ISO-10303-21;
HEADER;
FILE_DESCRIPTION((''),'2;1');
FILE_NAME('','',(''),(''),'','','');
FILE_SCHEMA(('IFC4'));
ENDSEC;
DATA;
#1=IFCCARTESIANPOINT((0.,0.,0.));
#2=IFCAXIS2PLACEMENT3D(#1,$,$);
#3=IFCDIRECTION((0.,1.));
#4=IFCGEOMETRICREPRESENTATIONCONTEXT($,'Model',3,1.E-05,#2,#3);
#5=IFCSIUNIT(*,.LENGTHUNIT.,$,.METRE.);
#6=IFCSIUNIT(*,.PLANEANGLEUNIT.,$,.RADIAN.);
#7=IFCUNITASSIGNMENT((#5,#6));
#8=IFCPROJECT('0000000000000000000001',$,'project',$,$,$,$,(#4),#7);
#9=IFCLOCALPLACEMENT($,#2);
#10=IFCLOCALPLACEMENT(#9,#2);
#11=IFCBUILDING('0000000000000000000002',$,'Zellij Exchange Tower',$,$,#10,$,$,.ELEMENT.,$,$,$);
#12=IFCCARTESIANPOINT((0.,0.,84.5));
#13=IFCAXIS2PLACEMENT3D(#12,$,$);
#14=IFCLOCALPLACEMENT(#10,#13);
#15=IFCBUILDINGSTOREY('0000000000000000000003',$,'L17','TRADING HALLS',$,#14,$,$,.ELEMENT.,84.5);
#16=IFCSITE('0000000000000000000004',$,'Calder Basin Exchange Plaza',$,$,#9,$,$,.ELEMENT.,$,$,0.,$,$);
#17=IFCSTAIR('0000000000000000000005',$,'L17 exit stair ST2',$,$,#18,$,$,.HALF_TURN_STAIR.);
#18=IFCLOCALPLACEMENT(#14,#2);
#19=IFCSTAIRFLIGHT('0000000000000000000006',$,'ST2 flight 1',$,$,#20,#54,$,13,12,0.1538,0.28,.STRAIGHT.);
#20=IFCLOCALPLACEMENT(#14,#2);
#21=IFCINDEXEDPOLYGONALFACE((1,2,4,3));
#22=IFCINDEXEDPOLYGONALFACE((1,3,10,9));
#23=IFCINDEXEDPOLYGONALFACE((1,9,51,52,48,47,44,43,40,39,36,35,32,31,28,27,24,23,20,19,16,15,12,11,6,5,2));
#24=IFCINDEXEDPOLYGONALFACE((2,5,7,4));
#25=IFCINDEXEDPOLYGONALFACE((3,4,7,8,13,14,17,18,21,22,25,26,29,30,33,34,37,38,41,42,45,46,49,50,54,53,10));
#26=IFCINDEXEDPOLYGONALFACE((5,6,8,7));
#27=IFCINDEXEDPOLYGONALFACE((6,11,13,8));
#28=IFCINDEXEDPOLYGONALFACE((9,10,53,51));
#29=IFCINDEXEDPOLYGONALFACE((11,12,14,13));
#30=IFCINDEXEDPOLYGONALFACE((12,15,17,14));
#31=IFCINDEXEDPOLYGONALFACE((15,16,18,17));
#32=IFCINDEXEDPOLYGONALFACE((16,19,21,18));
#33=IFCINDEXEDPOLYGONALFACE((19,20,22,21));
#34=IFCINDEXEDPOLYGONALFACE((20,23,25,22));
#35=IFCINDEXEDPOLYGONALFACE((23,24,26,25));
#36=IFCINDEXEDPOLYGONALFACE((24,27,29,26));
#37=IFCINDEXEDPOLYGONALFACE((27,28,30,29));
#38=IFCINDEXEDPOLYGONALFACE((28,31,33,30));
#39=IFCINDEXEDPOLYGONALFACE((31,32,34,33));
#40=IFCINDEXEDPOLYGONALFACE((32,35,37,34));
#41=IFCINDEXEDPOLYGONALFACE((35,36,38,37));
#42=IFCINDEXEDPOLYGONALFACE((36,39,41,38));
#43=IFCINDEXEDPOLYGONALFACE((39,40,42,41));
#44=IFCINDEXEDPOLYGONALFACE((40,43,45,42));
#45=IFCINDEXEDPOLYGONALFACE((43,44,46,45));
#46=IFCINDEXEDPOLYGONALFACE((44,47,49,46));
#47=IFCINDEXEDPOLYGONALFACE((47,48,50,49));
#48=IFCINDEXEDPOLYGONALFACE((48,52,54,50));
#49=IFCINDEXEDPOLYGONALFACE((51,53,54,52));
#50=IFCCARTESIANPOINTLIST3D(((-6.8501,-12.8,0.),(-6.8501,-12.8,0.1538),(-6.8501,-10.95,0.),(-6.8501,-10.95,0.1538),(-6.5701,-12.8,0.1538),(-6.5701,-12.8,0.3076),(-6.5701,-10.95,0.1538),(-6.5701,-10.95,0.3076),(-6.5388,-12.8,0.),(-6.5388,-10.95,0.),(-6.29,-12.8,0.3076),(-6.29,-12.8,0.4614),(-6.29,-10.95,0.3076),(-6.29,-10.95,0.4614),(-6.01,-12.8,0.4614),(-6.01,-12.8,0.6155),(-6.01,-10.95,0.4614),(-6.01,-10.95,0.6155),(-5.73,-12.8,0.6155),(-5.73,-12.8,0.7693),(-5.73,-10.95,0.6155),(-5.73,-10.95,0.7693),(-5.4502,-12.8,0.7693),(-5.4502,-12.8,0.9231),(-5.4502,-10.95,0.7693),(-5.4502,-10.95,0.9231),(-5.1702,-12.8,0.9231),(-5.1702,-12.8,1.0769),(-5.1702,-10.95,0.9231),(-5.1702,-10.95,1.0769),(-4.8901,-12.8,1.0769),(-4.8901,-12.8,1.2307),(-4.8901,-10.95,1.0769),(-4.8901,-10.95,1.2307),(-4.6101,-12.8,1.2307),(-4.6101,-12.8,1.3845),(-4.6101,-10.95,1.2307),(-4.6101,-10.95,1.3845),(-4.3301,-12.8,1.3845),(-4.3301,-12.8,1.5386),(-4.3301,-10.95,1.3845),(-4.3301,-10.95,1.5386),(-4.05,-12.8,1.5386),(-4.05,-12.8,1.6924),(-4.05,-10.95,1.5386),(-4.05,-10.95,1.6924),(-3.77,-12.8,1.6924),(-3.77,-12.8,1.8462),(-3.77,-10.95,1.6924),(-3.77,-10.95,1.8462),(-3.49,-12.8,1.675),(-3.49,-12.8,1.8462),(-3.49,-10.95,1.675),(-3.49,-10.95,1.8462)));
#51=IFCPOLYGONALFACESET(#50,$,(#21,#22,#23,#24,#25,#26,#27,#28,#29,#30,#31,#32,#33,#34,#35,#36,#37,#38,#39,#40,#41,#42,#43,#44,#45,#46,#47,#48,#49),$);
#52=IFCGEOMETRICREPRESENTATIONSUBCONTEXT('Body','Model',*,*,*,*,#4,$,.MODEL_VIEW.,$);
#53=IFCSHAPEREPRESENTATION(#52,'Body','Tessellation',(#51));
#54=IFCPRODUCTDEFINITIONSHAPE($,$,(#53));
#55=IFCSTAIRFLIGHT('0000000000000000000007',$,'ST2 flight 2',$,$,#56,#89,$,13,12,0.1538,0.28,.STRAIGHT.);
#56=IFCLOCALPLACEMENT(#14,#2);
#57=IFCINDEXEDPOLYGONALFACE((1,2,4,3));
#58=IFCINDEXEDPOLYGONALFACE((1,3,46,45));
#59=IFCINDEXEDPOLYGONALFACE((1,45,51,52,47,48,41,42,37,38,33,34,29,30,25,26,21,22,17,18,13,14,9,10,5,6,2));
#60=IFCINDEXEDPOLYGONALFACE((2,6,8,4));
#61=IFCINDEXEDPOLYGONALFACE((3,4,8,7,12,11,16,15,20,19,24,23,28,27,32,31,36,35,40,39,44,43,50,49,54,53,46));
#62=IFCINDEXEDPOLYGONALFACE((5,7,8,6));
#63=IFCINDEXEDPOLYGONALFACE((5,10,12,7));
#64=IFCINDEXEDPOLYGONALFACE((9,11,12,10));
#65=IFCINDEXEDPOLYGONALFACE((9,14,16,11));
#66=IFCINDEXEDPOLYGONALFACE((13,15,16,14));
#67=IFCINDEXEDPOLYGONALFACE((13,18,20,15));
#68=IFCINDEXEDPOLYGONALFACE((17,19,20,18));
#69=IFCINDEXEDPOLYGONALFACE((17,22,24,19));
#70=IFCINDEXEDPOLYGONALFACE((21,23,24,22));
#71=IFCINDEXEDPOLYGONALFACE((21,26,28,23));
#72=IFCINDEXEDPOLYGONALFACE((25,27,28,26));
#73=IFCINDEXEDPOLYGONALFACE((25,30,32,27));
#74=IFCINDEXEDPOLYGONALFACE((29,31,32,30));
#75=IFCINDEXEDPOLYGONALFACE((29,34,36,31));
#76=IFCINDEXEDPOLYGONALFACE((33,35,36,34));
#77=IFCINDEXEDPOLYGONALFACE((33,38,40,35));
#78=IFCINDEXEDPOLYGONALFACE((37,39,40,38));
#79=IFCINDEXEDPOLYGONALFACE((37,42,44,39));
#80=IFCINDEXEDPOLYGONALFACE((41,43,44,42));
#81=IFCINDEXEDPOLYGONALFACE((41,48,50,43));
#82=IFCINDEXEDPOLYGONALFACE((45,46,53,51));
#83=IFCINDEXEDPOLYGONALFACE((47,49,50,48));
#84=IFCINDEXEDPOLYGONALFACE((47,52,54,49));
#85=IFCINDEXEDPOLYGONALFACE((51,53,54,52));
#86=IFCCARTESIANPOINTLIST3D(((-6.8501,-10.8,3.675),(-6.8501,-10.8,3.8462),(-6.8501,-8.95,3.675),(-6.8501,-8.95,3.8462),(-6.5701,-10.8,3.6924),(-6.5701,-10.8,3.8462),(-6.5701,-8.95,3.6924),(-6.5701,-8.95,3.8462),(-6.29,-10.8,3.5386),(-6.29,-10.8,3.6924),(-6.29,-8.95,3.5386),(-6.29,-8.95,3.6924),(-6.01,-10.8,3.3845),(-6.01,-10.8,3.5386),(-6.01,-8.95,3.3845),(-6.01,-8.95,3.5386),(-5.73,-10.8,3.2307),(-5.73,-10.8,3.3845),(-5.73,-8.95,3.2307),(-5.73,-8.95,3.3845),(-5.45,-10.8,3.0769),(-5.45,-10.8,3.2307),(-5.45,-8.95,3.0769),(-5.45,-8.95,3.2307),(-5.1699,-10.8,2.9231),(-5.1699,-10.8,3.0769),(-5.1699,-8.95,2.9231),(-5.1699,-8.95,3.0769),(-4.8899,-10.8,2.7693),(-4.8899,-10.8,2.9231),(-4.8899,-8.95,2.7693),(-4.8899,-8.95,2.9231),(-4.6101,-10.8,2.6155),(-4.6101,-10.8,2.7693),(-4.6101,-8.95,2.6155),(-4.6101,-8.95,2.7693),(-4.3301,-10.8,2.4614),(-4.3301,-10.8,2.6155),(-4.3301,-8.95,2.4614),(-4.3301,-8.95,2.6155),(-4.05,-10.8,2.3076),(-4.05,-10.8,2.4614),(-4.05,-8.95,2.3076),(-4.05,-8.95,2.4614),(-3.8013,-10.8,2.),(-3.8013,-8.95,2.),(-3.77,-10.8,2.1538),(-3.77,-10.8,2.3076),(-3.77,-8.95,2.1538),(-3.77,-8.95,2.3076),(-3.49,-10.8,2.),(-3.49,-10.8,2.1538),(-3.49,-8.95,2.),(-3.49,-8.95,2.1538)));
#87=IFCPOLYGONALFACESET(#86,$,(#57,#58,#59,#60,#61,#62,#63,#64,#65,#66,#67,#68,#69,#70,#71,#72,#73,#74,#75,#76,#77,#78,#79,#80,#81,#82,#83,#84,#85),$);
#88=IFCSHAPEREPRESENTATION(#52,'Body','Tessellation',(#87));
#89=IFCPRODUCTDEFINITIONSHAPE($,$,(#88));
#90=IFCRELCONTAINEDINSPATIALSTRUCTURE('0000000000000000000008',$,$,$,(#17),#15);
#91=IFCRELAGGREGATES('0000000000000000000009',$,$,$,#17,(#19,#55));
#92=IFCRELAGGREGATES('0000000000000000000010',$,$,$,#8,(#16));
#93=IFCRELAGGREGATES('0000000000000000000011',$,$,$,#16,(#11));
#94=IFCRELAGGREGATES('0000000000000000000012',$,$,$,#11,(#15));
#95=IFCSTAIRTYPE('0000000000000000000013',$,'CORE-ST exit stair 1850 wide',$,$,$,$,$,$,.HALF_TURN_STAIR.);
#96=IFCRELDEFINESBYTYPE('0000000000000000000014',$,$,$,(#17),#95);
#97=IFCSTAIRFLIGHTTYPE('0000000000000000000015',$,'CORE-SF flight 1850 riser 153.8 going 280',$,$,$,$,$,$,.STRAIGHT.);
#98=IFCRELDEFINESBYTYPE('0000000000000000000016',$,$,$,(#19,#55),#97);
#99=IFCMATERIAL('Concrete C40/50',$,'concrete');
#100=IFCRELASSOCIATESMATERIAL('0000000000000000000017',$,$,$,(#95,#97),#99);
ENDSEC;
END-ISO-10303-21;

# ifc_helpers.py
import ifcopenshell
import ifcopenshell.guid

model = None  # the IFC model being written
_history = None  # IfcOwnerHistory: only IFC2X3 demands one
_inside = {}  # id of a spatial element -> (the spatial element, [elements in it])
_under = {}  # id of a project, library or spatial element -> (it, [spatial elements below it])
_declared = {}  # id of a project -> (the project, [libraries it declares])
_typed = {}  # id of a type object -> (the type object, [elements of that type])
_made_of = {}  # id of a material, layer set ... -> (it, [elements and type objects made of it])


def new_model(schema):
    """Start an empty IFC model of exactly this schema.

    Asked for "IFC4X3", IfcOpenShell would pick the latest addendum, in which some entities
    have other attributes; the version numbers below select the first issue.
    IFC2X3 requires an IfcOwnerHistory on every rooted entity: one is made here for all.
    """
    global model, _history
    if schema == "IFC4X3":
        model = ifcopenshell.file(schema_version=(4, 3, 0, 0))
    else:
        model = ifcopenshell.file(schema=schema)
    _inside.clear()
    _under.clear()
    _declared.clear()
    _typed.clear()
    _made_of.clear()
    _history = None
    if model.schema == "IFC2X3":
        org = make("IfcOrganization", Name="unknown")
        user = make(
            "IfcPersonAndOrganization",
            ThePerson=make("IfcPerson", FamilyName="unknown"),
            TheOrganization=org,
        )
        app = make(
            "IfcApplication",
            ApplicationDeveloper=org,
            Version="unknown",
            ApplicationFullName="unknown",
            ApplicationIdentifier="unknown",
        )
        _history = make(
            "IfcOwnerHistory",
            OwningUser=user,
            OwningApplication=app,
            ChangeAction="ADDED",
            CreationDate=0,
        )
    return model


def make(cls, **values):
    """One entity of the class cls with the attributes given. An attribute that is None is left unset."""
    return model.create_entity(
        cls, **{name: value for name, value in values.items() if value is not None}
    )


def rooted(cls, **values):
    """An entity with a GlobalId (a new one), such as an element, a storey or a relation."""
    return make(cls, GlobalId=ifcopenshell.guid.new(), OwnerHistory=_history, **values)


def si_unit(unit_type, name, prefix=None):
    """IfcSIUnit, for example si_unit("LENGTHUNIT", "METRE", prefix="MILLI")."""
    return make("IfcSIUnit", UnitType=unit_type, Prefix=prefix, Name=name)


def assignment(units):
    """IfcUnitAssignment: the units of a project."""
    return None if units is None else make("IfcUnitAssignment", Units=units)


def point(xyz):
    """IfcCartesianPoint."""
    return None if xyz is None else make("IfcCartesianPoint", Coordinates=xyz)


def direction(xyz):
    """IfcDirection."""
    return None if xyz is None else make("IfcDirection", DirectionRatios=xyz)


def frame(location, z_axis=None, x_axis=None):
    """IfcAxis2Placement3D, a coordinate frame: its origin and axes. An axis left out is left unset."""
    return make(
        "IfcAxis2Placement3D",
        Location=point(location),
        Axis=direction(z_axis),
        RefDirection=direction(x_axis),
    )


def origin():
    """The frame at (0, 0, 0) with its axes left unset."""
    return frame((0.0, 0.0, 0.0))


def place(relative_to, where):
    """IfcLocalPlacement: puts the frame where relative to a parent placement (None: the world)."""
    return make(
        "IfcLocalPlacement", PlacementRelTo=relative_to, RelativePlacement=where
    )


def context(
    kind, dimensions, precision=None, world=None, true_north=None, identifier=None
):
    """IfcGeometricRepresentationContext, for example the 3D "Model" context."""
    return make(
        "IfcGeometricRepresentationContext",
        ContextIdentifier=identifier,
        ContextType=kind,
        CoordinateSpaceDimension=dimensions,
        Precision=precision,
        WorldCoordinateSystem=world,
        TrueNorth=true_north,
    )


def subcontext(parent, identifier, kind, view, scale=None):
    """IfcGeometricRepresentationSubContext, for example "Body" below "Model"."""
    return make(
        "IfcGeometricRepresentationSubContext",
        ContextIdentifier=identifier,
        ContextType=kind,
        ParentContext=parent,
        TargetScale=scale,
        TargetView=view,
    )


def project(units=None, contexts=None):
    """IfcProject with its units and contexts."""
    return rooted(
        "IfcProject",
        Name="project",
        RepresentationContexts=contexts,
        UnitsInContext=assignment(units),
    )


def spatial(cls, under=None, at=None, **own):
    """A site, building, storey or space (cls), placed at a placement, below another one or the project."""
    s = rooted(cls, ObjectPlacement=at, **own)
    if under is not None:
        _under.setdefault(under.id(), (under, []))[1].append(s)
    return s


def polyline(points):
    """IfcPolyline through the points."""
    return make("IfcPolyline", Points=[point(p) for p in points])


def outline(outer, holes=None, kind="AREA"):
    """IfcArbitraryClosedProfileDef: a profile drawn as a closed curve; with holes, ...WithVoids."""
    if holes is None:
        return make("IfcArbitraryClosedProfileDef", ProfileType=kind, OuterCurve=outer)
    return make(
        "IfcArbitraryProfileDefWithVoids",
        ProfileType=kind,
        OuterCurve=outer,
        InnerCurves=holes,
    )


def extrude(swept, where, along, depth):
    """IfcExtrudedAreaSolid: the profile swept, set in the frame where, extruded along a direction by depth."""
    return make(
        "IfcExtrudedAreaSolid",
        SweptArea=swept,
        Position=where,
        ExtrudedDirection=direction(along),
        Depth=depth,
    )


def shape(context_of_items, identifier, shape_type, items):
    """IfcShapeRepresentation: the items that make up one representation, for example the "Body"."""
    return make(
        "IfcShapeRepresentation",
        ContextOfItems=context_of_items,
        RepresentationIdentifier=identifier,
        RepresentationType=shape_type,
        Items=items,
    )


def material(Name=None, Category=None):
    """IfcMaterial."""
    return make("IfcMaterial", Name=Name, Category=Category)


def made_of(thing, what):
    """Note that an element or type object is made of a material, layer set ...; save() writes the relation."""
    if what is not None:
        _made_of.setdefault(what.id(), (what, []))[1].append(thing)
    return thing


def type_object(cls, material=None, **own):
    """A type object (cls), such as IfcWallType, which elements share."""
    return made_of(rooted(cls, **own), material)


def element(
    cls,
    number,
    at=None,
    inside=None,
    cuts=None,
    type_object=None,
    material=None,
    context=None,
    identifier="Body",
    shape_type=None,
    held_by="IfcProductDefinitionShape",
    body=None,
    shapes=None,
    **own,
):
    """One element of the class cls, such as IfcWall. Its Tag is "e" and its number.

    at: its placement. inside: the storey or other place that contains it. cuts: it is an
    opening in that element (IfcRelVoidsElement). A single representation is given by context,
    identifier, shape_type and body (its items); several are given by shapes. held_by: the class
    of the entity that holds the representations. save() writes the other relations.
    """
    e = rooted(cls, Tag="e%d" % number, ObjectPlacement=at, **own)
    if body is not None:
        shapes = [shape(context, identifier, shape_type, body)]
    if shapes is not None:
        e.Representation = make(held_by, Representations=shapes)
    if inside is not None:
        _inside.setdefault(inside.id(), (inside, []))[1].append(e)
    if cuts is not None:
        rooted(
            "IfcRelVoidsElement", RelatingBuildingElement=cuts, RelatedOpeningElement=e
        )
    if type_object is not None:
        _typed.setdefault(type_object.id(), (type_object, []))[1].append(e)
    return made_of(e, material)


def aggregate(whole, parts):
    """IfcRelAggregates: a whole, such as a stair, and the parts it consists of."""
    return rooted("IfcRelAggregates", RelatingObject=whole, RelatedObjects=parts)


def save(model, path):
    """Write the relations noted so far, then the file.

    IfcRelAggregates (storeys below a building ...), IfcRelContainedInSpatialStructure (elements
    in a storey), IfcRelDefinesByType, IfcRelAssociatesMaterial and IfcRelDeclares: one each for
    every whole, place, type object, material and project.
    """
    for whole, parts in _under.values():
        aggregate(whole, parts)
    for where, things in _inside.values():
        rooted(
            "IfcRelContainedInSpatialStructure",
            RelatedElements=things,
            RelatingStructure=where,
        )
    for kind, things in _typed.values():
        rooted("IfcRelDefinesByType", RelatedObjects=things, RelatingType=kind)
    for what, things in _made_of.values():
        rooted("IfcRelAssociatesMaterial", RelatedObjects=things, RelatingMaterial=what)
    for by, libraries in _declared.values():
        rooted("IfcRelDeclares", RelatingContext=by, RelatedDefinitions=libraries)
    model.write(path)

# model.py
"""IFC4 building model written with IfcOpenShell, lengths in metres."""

from ifc_helpers import new_model, si_unit, direction, frame, origin, place, context, subcontext, project, spatial, polyline, outline, extrude, material, type_object, element, aggregate, save


model = new_model("IFC4")

# Units and contexts
model_context = context("Model", 3, precision=1e-05, world=origin(), true_north=direction((0.0, 1.0)))
body_context = subcontext(model_context, "Body", "Model", "MODEL_VIEW")
ifc_project = project(units=[si_unit("LENGTHUNIT", "METRE"), si_unit("PLANEANGLEUNIT", "RADIAN")], contexts=[model_context])

# Site, building, storey
site_placement = place(None, origin())
site = spatial("IfcSite", under=ifc_project, at=site_placement, Name="Calder Basin Exchange Plaza", CompositionType="ELEMENT", RefElevation=0.0)
building_placement = place(site_placement, origin())
building = spatial("IfcBuilding", under=site, at=building_placement, Name="Zellij Exchange Tower", CompositionType="ELEMENT")
storey_placement = place(building_placement, frame((0.0, 0.0, 84.5)))
storey = spatial("IfcBuildingStorey", under=building, at=storey_placement, Name="L17", Description="TRADING HALLS", CompositionType="ELEMENT", Elevation=84.5)

# Stair, stair flights
ifc_material_1 = material(Name="Concrete C40/50", Category="concrete")
stair_type = type_object("IfcStairType", Name="CORE-ST exit stair 1850 wide", PredefinedType="HALF_TURN_STAIR", material=ifc_material_1)
stair_placement = place(storey_placement, origin())
stair = element("IfcStair", 1, at=stair_placement, inside=storey, type_object=stair_type, Name="L17 exit stair ST2", PredefinedType="HALF_TURN_STAIR")
stair_flight_type = type_object("IfcStairFlightType", Name="CORE-SF flight 1850 riser 153.8 going 280", PredefinedType="STRAIGHT", material=ifc_material_1)
stair_flight_1_placement = place(storey_placement, frame((-6.8501, -11.875, 0.0), z_axis=(0.0, 0.0, 1.0), x_axis=(1.0, 0.0, 0.0)))
stair_flight_1 = element("IfcStairFlight", 2, at=stair_flight_1_placement, type_object=stair_flight_type, Name="ST2 flight 1", NumberOfRisers=13, NumberOfTreads=12, PredefinedType="STRAIGHT", RiserHeight=0.1538, TreadLength=0.28, context=body_context, shape_type="SweptSolid", body=[
    extrude(outline(polyline([(0.0, 0.0), (0.0, 0.1538), (0.28, 0.1538), (0.28, 0.3076), (0.5601, 0.3076), (0.5601, 0.4614), (0.8401, 0.4614), (0.8401, 0.6155), (1.1201, 0.6155), (1.1201, 0.7693), (1.3999, 0.7693), (1.3999, 0.9231), (1.6799, 0.9231), (1.6799, 1.0769), (1.96, 1.0769), (1.96, 1.2307), (2.24, 1.2307), (2.24, 1.3845), (2.52, 1.3845), (2.52, 1.5386), (2.8, 1.5386), (2.8, 1.6924), (3.0801, 1.6924), (3.0801, 1.8462), (3.3601, 1.8462), (3.3601, 2.0), (3.3601, 1.675), (0.3113, 0.0), (0.0, 0.0)])), frame((0.0, 0.925, 0.0), z_axis=(0.0, -1.0, 0.0), x_axis=(1.0, 0.0, 0.0)), (0.0, 0.0, 1.0), 1.8501),
])
stair_flight_2_placement = place(storey_placement, frame((-3.49, -9.875, 2.0), z_axis=(0.0, 0.0, 1.0), x_axis=(-1.0, 0.0, 0.0)))
stair_flight_2 = element("IfcStairFlight", 3, at=stair_flight_2_placement, type_object=stair_flight_type, Name="ST2 flight 2", NumberOfRisers=13, NumberOfTreads=12, PredefinedType="STRAIGHT", RiserHeight=0.1538, TreadLength=0.28, context=body_context, shape_type="SweptSolid", body=[
    extrude(outline(polyline([(0.0, 0.0), (0.0, 0.1538), (0.28, 0.1538), (0.28, 0.3076), (0.5601, 0.3076), (0.5601, 0.4614), (0.8401, 0.4614), (0.8401, 0.6155), (1.1201, 0.6155), (1.1201, 0.7693), (1.3999, 0.7693), (1.3999, 0.9231), (1.6799, 0.9231), (1.6799, 1.0769), (1.96, 1.0769), (1.96, 1.2307), (2.24, 1.2307), (2.24, 1.3845), (2.52, 1.3845), (2.52, 1.5386), (2.8, 1.5386), (2.8, 1.6924), (3.0801, 1.6924), (3.0801, 1.8462), (3.3601, 1.8462), (3.3601, 2.0), (3.3601, 1.675), (0.3113, 0.0), (0.0, 0.0)])), frame((0.0, 0.925, 0.0), z_axis=(0.0, -1.0, 0.0), x_axis=(1.0, 0.0, 0.0)), (0.0, 0.0, 1.0), 1.8501),
])
aggregate(stair, [stair_flight_1, stair_flight_2])

save(model, "model.ifc")
